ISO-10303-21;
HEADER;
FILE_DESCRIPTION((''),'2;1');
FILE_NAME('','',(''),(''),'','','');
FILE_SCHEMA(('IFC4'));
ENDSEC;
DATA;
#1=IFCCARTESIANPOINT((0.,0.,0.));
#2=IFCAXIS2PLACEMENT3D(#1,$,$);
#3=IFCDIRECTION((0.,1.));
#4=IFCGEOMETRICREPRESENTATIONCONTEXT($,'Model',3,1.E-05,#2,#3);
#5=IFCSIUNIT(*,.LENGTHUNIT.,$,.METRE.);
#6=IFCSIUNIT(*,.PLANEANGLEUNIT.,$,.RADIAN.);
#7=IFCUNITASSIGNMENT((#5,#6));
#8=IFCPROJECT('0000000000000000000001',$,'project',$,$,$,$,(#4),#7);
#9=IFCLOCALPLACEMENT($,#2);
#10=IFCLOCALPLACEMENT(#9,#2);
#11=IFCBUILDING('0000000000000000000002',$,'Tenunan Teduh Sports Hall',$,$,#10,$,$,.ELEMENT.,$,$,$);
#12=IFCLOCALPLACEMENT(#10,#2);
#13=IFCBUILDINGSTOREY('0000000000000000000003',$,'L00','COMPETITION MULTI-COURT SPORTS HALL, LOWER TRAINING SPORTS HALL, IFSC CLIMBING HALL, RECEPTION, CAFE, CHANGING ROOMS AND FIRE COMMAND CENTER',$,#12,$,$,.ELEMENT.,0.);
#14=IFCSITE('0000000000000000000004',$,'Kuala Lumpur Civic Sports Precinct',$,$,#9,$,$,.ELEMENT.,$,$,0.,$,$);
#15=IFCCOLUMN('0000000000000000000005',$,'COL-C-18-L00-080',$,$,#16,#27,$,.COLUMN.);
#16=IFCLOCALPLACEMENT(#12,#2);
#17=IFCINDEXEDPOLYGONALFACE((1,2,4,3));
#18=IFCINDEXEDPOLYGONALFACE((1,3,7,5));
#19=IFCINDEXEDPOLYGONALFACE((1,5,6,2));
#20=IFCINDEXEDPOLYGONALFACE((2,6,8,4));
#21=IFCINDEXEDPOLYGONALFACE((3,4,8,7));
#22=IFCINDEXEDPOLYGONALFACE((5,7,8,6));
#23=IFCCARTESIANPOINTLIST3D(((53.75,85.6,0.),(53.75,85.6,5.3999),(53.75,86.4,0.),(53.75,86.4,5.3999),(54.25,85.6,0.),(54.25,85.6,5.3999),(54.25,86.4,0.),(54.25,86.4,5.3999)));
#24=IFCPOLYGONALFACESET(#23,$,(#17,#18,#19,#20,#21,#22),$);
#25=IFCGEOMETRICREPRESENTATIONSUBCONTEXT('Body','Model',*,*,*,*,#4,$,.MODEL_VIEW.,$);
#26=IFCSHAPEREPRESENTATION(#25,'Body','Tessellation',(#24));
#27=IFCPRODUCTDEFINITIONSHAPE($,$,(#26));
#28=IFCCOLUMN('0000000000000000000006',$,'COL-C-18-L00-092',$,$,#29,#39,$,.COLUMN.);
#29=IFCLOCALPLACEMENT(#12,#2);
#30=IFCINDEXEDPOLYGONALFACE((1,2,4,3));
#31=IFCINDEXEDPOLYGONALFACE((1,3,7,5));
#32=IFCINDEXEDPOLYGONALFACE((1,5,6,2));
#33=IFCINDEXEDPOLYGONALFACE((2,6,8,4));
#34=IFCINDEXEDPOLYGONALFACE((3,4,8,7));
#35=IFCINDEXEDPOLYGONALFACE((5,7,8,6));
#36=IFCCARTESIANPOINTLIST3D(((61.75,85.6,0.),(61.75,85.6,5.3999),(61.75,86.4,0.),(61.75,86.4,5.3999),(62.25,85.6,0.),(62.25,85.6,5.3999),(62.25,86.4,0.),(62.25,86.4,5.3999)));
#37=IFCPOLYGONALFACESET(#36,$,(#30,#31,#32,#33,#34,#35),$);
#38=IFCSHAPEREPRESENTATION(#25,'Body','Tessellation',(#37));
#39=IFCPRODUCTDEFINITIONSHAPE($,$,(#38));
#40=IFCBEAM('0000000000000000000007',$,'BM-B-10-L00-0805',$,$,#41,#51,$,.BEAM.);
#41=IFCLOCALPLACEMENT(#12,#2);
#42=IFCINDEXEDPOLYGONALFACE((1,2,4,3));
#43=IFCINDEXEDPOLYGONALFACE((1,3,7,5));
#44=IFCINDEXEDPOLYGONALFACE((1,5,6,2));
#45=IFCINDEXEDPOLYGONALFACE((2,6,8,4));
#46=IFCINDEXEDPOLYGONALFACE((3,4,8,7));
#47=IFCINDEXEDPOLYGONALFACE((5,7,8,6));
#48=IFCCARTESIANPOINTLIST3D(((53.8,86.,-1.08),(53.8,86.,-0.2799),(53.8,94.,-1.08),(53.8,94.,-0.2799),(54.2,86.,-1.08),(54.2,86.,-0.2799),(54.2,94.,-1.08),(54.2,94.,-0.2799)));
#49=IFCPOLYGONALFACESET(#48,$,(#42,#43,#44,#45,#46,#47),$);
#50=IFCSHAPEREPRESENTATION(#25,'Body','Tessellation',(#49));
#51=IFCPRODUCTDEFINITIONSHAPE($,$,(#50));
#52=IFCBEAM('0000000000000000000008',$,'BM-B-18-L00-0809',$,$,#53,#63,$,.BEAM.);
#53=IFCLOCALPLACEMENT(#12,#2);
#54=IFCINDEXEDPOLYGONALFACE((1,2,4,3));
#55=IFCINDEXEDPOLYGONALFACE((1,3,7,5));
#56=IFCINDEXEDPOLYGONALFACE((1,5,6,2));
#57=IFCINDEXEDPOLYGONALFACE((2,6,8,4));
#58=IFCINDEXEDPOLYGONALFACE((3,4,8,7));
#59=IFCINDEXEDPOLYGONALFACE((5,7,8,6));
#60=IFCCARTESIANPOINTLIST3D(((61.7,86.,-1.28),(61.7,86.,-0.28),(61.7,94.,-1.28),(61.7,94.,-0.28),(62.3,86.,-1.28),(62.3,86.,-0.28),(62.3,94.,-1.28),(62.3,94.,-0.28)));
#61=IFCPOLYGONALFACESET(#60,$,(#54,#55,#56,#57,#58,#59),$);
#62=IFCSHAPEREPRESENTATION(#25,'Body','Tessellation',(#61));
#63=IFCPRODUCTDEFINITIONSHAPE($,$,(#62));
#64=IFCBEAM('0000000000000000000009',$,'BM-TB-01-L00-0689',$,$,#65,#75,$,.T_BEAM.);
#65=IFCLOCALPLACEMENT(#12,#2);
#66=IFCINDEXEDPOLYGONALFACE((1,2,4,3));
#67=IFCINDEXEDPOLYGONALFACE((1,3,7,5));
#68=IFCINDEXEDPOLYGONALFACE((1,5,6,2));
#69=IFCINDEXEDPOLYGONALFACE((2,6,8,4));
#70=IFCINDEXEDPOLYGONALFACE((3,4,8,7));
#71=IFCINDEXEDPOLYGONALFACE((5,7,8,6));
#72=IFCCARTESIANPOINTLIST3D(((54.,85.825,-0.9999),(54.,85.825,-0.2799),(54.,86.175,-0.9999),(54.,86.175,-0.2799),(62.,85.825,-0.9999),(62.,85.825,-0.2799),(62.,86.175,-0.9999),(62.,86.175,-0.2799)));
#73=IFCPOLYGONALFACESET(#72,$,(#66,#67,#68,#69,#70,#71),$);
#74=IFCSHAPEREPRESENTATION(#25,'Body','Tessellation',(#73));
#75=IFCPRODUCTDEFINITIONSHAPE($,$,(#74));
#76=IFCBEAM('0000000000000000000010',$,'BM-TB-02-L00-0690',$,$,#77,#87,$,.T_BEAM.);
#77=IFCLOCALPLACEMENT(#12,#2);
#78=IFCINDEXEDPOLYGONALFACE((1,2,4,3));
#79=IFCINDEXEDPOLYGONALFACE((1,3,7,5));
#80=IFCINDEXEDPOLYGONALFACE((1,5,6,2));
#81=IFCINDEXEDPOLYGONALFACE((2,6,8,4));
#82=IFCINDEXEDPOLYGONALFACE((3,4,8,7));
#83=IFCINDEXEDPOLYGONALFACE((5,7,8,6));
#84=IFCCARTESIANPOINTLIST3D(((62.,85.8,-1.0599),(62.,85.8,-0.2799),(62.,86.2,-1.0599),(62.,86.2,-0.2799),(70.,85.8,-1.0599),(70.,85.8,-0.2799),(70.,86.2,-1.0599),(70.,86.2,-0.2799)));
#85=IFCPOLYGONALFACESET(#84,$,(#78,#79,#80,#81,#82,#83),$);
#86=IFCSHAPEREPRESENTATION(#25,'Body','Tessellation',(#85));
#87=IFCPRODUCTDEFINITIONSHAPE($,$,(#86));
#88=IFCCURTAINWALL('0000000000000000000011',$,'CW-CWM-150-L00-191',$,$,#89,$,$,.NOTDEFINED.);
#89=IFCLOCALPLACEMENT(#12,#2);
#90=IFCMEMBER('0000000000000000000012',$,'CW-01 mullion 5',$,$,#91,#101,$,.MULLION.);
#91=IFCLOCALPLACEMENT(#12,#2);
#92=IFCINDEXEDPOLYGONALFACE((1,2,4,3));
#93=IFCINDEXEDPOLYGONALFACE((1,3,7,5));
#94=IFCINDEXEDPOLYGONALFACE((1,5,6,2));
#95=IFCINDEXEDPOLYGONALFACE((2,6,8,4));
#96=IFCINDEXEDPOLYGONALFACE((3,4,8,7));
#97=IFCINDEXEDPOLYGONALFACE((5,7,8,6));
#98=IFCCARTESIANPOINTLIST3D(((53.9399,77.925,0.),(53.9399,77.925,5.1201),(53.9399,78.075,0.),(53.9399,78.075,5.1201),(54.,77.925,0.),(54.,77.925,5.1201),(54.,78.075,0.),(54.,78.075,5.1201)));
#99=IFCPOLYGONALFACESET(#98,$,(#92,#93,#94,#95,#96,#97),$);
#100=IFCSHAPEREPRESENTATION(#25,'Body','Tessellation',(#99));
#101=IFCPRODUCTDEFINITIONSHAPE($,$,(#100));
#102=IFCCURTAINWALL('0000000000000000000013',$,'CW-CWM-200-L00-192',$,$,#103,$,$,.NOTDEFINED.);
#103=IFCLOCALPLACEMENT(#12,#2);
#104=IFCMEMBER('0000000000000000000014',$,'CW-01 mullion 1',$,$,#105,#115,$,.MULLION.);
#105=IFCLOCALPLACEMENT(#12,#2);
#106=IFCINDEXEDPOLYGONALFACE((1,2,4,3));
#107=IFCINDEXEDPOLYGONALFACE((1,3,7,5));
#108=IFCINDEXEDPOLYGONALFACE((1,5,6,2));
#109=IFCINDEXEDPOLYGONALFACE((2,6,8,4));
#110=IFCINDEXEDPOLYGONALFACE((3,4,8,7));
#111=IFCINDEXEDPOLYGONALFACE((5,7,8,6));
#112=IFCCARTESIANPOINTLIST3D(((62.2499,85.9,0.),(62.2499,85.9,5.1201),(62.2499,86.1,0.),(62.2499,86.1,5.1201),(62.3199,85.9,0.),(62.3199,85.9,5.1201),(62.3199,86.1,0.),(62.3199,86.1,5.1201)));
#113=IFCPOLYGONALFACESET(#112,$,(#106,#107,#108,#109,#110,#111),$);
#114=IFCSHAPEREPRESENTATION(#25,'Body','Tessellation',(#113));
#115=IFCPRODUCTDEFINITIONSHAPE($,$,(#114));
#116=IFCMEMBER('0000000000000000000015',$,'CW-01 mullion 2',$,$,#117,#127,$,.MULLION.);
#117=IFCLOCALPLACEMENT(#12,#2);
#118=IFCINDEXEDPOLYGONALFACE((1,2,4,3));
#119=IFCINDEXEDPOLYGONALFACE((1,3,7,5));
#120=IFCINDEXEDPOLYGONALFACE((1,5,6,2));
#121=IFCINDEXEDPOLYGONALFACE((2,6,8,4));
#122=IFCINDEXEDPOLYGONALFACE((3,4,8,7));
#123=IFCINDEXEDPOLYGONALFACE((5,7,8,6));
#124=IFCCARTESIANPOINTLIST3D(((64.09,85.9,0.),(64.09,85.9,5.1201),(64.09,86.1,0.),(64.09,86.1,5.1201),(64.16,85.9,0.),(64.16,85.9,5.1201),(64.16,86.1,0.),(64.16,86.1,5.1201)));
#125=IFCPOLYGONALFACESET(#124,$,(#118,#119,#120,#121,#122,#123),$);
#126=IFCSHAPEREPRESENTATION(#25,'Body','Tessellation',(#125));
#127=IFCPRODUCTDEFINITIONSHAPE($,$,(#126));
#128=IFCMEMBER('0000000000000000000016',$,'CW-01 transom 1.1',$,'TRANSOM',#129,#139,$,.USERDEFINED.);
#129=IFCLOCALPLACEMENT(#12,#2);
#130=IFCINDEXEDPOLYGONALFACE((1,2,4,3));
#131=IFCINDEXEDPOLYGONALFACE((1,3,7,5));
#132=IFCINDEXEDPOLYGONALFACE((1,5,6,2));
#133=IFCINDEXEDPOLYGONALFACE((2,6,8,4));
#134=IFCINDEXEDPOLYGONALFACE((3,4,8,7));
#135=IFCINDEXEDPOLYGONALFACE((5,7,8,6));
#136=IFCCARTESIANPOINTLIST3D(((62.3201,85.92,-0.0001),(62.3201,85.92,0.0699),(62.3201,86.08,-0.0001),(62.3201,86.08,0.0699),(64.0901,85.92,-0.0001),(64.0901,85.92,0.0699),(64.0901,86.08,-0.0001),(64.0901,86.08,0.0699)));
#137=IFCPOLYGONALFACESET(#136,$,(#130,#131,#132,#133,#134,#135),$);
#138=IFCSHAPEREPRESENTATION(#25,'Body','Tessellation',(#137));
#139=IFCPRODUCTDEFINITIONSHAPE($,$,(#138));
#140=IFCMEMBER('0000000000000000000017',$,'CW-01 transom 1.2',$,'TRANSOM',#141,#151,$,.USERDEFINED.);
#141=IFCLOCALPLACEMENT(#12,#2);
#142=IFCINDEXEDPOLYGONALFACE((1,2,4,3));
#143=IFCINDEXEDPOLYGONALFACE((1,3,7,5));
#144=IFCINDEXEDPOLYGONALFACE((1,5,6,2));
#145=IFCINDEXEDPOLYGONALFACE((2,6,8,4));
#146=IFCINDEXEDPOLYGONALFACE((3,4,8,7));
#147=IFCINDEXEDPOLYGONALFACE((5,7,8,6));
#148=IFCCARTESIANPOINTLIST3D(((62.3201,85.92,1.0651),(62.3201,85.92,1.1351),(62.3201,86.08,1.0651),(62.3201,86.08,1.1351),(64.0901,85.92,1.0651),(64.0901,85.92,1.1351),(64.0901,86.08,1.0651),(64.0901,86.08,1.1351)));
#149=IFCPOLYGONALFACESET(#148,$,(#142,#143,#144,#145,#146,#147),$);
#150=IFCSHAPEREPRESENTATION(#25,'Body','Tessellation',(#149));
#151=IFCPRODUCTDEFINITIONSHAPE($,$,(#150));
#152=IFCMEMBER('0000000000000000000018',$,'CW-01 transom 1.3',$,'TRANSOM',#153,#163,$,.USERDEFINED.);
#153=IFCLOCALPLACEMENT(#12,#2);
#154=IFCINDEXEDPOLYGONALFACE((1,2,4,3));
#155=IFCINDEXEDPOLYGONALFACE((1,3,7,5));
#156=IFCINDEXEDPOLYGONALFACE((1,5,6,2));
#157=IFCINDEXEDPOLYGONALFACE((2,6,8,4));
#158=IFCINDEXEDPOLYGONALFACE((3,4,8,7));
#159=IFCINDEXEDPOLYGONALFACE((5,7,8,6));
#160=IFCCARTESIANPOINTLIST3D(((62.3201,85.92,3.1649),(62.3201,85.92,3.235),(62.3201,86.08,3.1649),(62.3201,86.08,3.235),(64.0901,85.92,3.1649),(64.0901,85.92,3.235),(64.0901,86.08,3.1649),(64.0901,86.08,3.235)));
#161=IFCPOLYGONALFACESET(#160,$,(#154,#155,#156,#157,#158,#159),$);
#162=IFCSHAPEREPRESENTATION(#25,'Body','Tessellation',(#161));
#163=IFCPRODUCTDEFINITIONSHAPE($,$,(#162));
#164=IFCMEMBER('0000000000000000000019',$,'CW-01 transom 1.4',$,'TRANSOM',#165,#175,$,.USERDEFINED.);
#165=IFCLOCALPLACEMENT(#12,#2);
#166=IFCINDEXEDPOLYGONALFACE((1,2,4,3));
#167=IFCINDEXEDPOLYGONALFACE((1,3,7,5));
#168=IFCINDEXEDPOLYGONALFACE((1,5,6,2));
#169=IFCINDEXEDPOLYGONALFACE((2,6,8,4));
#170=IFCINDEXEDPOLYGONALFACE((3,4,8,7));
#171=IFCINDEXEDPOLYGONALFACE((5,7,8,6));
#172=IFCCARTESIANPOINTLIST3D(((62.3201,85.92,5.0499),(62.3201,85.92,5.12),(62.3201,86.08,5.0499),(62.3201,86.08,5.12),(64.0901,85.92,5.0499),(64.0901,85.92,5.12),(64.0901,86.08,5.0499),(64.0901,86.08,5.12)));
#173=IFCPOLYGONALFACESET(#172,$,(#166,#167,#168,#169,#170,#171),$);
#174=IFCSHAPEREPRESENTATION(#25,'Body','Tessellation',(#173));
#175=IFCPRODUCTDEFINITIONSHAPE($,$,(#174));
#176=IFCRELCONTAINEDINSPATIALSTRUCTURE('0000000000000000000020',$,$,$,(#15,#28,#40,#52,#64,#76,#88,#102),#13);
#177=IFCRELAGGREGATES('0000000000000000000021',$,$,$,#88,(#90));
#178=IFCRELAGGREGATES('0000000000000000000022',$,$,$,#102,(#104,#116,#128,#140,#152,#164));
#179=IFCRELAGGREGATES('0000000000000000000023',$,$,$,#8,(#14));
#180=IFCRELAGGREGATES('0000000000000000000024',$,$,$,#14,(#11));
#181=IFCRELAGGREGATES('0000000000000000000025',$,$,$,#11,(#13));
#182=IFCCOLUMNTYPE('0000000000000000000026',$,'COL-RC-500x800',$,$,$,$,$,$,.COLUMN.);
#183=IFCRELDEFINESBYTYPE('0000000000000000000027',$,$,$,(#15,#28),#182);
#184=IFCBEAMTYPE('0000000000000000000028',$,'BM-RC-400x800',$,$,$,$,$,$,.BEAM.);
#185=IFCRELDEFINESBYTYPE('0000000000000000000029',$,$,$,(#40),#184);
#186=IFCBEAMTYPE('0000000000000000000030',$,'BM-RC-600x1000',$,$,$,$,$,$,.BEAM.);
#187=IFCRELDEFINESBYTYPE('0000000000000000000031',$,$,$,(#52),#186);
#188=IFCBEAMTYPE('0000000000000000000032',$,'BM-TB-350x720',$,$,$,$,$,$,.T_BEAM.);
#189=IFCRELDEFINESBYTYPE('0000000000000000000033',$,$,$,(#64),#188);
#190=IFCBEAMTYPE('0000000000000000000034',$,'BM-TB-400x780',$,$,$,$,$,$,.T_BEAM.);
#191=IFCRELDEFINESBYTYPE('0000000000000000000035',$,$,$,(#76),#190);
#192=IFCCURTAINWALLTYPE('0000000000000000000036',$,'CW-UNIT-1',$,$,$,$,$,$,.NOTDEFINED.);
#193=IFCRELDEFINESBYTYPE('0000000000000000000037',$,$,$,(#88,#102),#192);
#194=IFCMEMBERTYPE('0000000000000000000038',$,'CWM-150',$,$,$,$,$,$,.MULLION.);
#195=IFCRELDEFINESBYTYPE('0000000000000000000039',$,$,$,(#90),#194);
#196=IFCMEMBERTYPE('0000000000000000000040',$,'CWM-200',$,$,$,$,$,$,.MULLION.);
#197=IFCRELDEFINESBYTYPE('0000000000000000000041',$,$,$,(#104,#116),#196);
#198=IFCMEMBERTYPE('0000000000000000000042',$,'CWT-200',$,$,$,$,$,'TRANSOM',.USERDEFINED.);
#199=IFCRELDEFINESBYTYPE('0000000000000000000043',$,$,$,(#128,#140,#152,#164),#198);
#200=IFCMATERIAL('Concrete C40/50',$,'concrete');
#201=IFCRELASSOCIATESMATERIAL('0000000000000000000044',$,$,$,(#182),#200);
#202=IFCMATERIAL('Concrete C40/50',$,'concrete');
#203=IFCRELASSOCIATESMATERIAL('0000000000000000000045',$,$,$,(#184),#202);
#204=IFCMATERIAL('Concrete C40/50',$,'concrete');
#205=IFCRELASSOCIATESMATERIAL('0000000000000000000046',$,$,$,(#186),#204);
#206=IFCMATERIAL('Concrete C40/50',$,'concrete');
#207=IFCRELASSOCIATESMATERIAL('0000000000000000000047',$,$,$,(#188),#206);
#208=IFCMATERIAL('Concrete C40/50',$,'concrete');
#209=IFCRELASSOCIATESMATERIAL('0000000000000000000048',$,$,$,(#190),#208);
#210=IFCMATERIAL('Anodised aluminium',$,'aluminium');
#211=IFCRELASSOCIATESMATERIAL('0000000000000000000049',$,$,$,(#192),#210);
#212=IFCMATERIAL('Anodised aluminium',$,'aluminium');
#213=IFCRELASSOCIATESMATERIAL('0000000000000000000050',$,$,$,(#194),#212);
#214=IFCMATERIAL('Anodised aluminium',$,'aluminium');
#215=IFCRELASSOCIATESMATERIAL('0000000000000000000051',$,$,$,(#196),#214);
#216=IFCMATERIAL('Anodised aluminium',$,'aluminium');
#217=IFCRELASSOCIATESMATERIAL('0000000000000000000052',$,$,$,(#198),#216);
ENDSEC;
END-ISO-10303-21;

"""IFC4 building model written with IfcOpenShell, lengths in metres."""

from ifc_helpers import new_model, si_unit, direction, frame, origin, origin_2d, place, context, subcontext, project, spatial, rectangle, extrude, material, material_profile, profile_set, type_object, element, aggregate, save


model = new_model("IFC4")

# Units and contexts
model_context = context("Model", 3, precision=1e-05, world=origin(), true_north=direction((0.0, 1.0)))
body_context = subcontext(model_context, "Body", "Model", "MODEL_VIEW")
ifc_project = project(units=[si_unit("LENGTHUNIT", "METRE"), si_unit("PLANEANGLEUNIT", "RADIAN")], contexts=[model_context])

# Site, building, storey
site_placement = place(None, origin())
site = spatial("IfcSite", under=ifc_project, at=site_placement, Name="Kuala Lumpur Civic Sports Precinct", CompositionType="ELEMENT", RefElevation=0.0)
building_placement = place(site_placement, origin())
building = spatial("IfcBuilding", under=site, at=building_placement, Name="Tenunan Teduh Sports Hall", CompositionType="ELEMENT")
storey_placement = place(building_placement, origin())
storey = spatial("IfcBuildingStorey", under=building, at=storey_placement, Name="L00", Description="COMPETITION MULTI-COURT SPORTS HALL, LOWER TRAINING SPORTS HALL, IFSC CLIMBING HALL, RECEPTION, CAFE, CHANGING ROOMS AND FIRE COMMAND CENTER", CompositionType="ELEMENT", Elevation=0.0)

# Columns
ifc_material_1 = material(Name="Concrete C40/50", Category="concrete")
ifc_material_profile_1 = material_profile(ifc_material_1, rectangle(XDim=0.5, YDim=0.8, at=origin_2d()), Name="RC 500x800")
ifc_profile_set_1 = profile_set([ifc_material_profile_1], Name="Concrete C40/50")
column_type = type_object("IfcColumnType", Name="COL-RC-500x800", PredefinedType="COLUMN", material=ifc_profile_set_1)
for number, where, z_axis, x_axis, name in (
    (1, (54.0, 86.0, 0.0), (0.0, 0.0, 1.0), (1.0, 0.0, 0.0), "COL-C-18-L00-080"),
    (2, (62.0, 86.0, 0.0), (0.0, 0.0, 1.0), (1.0, 0.0, 0.0), "COL-C-18-L00-092"),
):
    element("IfcColumn", number, at=place(storey_placement, frame(where, z_axis=z_axis, x_axis=x_axis)), inside=storey, type_object=column_type, Name=name, PredefinedType="COLUMN", context=body_context, shape_type="SweptSolid", body=[
        extrude(rectangle(XDim=0.5, YDim=0.8, at=origin_2d()), origin(), (0.0, 0.0, 1.0), 5.3999),
    ])

# Beams
ifc_material_2 = material(Name="Concrete C40/50", Category="concrete")
ifc_material_profile_2 = material_profile(ifc_material_2, rectangle(XDim=0.3999, YDim=0.8, at=origin_2d()), Name="RCB 400x800")
ifc_profile_set_2 = profile_set([ifc_material_profile_2], Name="Concrete C40/50")
beam_type_1 = type_object("IfcBeamType", Name="BM-RC-400x800", PredefinedType="BEAM", material=ifc_profile_set_2)
beam_1_placement = place(storey_placement, frame((54.0, 86.0, -0.6799), z_axis=(0.0, 1.0, 0.0), x_axis=(-1.0, 0.0, 0.0)))
element("IfcBeam", 3, at=beam_1_placement, inside=storey, type_object=beam_type_1, Name="BM-B-10-L00-0805", PredefinedType="BEAM", context=body_context, shape_type="SweptSolid", body=[
    extrude(rectangle(XDim=0.3999, YDim=0.8, at=origin_2d()), origin(), (0.0, 0.0, 1.0), 8.0),
])
ifc_material_3 = material(Name="Concrete C40/50", Category="concrete")
ifc_material_profile_3 = material_profile(ifc_material_3, rectangle(XDim=0.6001, YDim=1.0, at=origin_2d()), Name="RCB 600x1000")
ifc_profile_set_3 = profile_set([ifc_material_profile_3], Name="Concrete C40/50")
beam_type_2 = type_object("IfcBeamType", Name="BM-RC-600x1000", PredefinedType="BEAM", material=ifc_profile_set_3)
beam_2_placement = place(storey_placement, frame((62.0, 86.0, -0.78), z_axis=(0.0, 1.0, 0.0), x_axis=(-1.0, 0.0, 0.0)))
element("IfcBeam", 4, at=beam_2_placement, inside=storey, type_object=beam_type_2, Name="BM-B-18-L00-0809", PredefinedType="BEAM", context=body_context, shape_type="SweptSolid", body=[
    extrude(rectangle(XDim=0.6001, YDim=1.0, at=origin_2d()), origin(), (0.0, 0.0, 1.0), 8.0),
])
ifc_material_4 = material(Name="Concrete C40/50", Category="concrete")
ifc_material_profile_4 = material_profile(ifc_material_4, rectangle(XDim=0.3501, YDim=0.72, at=origin_2d()), Name="TB 350x720")
ifc_profile_set_4 = profile_set([ifc_material_profile_4], Name="Concrete C40/50")
beam_type_3 = type_object("IfcBeamType", Name="BM-TB-350x720", PredefinedType="T_BEAM", material=ifc_profile_set_4)
beam_3_placement = place(storey_placement, frame((54.0, 86.0, -0.6399), z_axis=(1.0, 0.0, 0.0), x_axis=(0.0, 1.0, 0.0)))
element("IfcBeam", 5, at=beam_3_placement, inside=storey, type_object=beam_type_3, Name="BM-TB-01-L00-0689", PredefinedType="T_BEAM", context=body_context, shape_type="SweptSolid", body=[
    extrude(rectangle(XDim=0.3501, YDim=0.72, at=origin_2d()), origin(), (0.0, 0.0, 1.0), 8.0),
])
ifc_material_5 = material(Name="Concrete C40/50", Category="concrete")
ifc_material_profile_5 = material_profile(ifc_material_5, rectangle(XDim=0.3999, YDim=0.78, at=origin_2d()), Name="TB 400x780")
ifc_profile_set_5 = profile_set([ifc_material_profile_5], Name="Concrete C40/50")
beam_type_4 = type_object("IfcBeamType", Name="BM-TB-400x780", PredefinedType="T_BEAM", material=ifc_profile_set_5)
beam_4_placement = place(storey_placement, frame((62.0, 86.0, -0.6699), z_axis=(1.0, 0.0, 0.0), x_axis=(0.0, 1.0, 0.0)))
element("IfcBeam", 6, at=beam_4_placement, inside=storey, type_object=beam_type_4, Name="BM-TB-02-L00-0690", PredefinedType="T_BEAM", context=body_context, shape_type="SweptSolid", body=[
    extrude(rectangle(XDim=0.3999, YDim=0.78, at=origin_2d()), origin(), (0.0, 0.0, 1.0), 8.0),
])

# Curtain wall, member
ifc_material_6 = material(Name="Anodised aluminium", Category="aluminium")
curtain_wall_type = type_object("IfcCurtainWallType", Name="CW-UNIT-1", PredefinedType="NOTDEFINED", material=ifc_material_6)
curtain_wall_1_placement = place(storey_placement, origin())
curtain_wall_1 = element("IfcCurtainWall", 7, at=curtain_wall_1_placement, inside=storey, type_object=curtain_wall_type, Name="CW-CWM-150-L00-191", PredefinedType="NOTDEFINED")
ifc_material_7 = material(Name="Anodised aluminium", Category="aluminium")
ifc_material_profile_6 = material_profile(ifc_material_7, rectangle(XDim=0.0601, YDim=0.1499, at=origin_2d()), Name="CWM 60x150")
ifc_profile_set_6 = profile_set([ifc_material_profile_6], Name="Anodised aluminium")
member_type_1 = type_object("IfcMemberType", Name="CWM-150", PredefinedType="MULLION", material=ifc_profile_set_6)
member_1_placement = place(storey_placement, frame((53.97, 78.0, 0.0), z_axis=(0.0, 0.0, 1.0), x_axis=(1.0, 0.0, 0.0)))
member_1 = element("IfcMember", 8, at=member_1_placement, type_object=member_type_1, Name="CW-01 mullion 5", PredefinedType="MULLION", context=body_context, shape_type="SweptSolid", body=[
    extrude(rectangle(XDim=0.0601, YDim=0.1499, at=origin_2d()), origin(), (0.0, 0.0, 1.0), 5.1201),
])
aggregate(curtain_wall_1, [member_1])

# Curtain wall, members
curtain_wall_2_placement = place(storey_placement, origin())
curtain_wall_2 = element("IfcCurtainWall", 9, at=curtain_wall_2_placement, inside=storey, type_object=curtain_wall_type, Name="CW-CWM-200-L00-192", PredefinedType="NOTDEFINED")
ifc_material_8 = material(Name="Anodised aluminium", Category="aluminium")
ifc_material_profile_7 = material_profile(ifc_material_8, rectangle(XDim=0.0701, YDim=0.2, at=origin_2d()), Name="CWM 70x200")
ifc_profile_set_7 = profile_set([ifc_material_profile_7], Name="Anodised aluminium")
member_type_2 = type_object("IfcMemberType", Name="CWM-200", PredefinedType="MULLION", material=ifc_profile_set_7)
member_2_placement = place(storey_placement, frame((62.2849, 86.0, 0.0), z_axis=(0.0, 0.0, 1.0), x_axis=(1.0, 0.0, 0.0)))
member_2 = element("IfcMember", 10, at=member_2_placement, type_object=member_type_2, Name="CW-01 mullion 1", PredefinedType="MULLION", context=body_context, shape_type="SweptSolid", body=[
    extrude(rectangle(XDim=0.0701, YDim=0.2, at=origin_2d()), origin(), (0.0, 0.0, 1.0), 5.1201),
])
member_3_placement = place(storey_placement, frame((64.125, 86.0, 0.0), z_axis=(0.0, 0.0, 1.0), x_axis=(1.0, 0.0, 0.0)))
member_3 = element("IfcMember", 11, at=member_3_placement, type_object=member_type_2, Name="CW-01 mullion 2", PredefinedType="MULLION", context=body_context, shape_type="SweptSolid", body=[
    extrude(rectangle(XDim=0.0701, YDim=0.2, at=origin_2d()), origin(), (0.0, 0.0, 1.0), 5.1201),
])
ifc_material_9 = material(Name="Anodised aluminium", Category="aluminium")
ifc_material_profile_8 = material_profile(ifc_material_9, rectangle(XDim=0.0701, YDim=0.1599, at=origin_2d()), Name="CWT 70x160")
ifc_profile_set_8 = profile_set([ifc_material_profile_8], Name="Anodised aluminium")
member_type_3 = type_object("IfcMemberType", Name="CWT-200", ElementType="TRANSOM", PredefinedType="USERDEFINED", material=ifc_profile_set_8)
member_4_placement = place(storey_placement, frame((62.3201, 86.0, 0.0349), z_axis=(1.0, 0.0, 0.0), x_axis=(0.0, 0.0, 1.0)))
member_4 = element("IfcMember", 12, at=member_4_placement, type_object=member_type_3, Name="CW-01 transom 1.1", ObjectType="TRANSOM", PredefinedType="USERDEFINED", context=body_context, shape_type="SweptSolid", body=[
    extrude(rectangle(XDim=0.0701, YDim=0.1599, at=origin_2d()), origin(), (0.0, 0.0, 1.0), 1.77),
])
member_5_placement = place(storey_placement, frame((62.3201, 86.0, 1.1001), z_axis=(1.0, 0.0, 0.0), x_axis=(0.0, 0.0, 1.0)))
member_5 = element("IfcMember", 13, at=member_5_placement, type_object=member_type_3, Name="CW-01 transom 1.2", ObjectType="TRANSOM", PredefinedType="USERDEFINED", context=body_context, shape_type="SweptSolid", body=[
    extrude(rectangle(XDim=0.0701, YDim=0.1599, at=origin_2d()), origin(), (0.0, 0.0, 1.0), 1.77),
])
member_6_placement = place(storey_placement, frame((62.3201, 86.0, 3.2), z_axis=(1.0, 0.0, 0.0), x_axis=(0.0, 0.0, 1.0)))
member_6 = element("IfcMember", 14, at=member_6_placement, type_object=member_type_3, Name="CW-01 transom 1.3", ObjectType="TRANSOM", PredefinedType="USERDEFINED", context=body_context, shape_type="SweptSolid", body=[
    extrude(rectangle(XDim=0.0701, YDim=0.1599, at=origin_2d()), origin(), (0.0, 0.0, 1.0), 1.77),
])
member_7_placement = place(storey_placement, frame((62.3201, 86.0, 5.085), z_axis=(1.0, 0.0, 0.0), x_axis=(0.0, 0.0, 1.0)))
member_7 = element("IfcMember", 15, at=member_7_placement, type_object=member_type_3, Name="CW-01 transom 1.4", ObjectType="TRANSOM", PredefinedType="USERDEFINED", context=body_context, shape_type="SweptSolid", body=[
    extrude(rectangle(XDim=0.0701, YDim=0.1599, at=origin_2d()), origin(), (0.0, 0.0, 1.0), 1.77),
])
aggregate(curtain_wall_2, [member_2, member_3, member_4, member_5, member_6, member_7])

save(model, "model.ifc")
